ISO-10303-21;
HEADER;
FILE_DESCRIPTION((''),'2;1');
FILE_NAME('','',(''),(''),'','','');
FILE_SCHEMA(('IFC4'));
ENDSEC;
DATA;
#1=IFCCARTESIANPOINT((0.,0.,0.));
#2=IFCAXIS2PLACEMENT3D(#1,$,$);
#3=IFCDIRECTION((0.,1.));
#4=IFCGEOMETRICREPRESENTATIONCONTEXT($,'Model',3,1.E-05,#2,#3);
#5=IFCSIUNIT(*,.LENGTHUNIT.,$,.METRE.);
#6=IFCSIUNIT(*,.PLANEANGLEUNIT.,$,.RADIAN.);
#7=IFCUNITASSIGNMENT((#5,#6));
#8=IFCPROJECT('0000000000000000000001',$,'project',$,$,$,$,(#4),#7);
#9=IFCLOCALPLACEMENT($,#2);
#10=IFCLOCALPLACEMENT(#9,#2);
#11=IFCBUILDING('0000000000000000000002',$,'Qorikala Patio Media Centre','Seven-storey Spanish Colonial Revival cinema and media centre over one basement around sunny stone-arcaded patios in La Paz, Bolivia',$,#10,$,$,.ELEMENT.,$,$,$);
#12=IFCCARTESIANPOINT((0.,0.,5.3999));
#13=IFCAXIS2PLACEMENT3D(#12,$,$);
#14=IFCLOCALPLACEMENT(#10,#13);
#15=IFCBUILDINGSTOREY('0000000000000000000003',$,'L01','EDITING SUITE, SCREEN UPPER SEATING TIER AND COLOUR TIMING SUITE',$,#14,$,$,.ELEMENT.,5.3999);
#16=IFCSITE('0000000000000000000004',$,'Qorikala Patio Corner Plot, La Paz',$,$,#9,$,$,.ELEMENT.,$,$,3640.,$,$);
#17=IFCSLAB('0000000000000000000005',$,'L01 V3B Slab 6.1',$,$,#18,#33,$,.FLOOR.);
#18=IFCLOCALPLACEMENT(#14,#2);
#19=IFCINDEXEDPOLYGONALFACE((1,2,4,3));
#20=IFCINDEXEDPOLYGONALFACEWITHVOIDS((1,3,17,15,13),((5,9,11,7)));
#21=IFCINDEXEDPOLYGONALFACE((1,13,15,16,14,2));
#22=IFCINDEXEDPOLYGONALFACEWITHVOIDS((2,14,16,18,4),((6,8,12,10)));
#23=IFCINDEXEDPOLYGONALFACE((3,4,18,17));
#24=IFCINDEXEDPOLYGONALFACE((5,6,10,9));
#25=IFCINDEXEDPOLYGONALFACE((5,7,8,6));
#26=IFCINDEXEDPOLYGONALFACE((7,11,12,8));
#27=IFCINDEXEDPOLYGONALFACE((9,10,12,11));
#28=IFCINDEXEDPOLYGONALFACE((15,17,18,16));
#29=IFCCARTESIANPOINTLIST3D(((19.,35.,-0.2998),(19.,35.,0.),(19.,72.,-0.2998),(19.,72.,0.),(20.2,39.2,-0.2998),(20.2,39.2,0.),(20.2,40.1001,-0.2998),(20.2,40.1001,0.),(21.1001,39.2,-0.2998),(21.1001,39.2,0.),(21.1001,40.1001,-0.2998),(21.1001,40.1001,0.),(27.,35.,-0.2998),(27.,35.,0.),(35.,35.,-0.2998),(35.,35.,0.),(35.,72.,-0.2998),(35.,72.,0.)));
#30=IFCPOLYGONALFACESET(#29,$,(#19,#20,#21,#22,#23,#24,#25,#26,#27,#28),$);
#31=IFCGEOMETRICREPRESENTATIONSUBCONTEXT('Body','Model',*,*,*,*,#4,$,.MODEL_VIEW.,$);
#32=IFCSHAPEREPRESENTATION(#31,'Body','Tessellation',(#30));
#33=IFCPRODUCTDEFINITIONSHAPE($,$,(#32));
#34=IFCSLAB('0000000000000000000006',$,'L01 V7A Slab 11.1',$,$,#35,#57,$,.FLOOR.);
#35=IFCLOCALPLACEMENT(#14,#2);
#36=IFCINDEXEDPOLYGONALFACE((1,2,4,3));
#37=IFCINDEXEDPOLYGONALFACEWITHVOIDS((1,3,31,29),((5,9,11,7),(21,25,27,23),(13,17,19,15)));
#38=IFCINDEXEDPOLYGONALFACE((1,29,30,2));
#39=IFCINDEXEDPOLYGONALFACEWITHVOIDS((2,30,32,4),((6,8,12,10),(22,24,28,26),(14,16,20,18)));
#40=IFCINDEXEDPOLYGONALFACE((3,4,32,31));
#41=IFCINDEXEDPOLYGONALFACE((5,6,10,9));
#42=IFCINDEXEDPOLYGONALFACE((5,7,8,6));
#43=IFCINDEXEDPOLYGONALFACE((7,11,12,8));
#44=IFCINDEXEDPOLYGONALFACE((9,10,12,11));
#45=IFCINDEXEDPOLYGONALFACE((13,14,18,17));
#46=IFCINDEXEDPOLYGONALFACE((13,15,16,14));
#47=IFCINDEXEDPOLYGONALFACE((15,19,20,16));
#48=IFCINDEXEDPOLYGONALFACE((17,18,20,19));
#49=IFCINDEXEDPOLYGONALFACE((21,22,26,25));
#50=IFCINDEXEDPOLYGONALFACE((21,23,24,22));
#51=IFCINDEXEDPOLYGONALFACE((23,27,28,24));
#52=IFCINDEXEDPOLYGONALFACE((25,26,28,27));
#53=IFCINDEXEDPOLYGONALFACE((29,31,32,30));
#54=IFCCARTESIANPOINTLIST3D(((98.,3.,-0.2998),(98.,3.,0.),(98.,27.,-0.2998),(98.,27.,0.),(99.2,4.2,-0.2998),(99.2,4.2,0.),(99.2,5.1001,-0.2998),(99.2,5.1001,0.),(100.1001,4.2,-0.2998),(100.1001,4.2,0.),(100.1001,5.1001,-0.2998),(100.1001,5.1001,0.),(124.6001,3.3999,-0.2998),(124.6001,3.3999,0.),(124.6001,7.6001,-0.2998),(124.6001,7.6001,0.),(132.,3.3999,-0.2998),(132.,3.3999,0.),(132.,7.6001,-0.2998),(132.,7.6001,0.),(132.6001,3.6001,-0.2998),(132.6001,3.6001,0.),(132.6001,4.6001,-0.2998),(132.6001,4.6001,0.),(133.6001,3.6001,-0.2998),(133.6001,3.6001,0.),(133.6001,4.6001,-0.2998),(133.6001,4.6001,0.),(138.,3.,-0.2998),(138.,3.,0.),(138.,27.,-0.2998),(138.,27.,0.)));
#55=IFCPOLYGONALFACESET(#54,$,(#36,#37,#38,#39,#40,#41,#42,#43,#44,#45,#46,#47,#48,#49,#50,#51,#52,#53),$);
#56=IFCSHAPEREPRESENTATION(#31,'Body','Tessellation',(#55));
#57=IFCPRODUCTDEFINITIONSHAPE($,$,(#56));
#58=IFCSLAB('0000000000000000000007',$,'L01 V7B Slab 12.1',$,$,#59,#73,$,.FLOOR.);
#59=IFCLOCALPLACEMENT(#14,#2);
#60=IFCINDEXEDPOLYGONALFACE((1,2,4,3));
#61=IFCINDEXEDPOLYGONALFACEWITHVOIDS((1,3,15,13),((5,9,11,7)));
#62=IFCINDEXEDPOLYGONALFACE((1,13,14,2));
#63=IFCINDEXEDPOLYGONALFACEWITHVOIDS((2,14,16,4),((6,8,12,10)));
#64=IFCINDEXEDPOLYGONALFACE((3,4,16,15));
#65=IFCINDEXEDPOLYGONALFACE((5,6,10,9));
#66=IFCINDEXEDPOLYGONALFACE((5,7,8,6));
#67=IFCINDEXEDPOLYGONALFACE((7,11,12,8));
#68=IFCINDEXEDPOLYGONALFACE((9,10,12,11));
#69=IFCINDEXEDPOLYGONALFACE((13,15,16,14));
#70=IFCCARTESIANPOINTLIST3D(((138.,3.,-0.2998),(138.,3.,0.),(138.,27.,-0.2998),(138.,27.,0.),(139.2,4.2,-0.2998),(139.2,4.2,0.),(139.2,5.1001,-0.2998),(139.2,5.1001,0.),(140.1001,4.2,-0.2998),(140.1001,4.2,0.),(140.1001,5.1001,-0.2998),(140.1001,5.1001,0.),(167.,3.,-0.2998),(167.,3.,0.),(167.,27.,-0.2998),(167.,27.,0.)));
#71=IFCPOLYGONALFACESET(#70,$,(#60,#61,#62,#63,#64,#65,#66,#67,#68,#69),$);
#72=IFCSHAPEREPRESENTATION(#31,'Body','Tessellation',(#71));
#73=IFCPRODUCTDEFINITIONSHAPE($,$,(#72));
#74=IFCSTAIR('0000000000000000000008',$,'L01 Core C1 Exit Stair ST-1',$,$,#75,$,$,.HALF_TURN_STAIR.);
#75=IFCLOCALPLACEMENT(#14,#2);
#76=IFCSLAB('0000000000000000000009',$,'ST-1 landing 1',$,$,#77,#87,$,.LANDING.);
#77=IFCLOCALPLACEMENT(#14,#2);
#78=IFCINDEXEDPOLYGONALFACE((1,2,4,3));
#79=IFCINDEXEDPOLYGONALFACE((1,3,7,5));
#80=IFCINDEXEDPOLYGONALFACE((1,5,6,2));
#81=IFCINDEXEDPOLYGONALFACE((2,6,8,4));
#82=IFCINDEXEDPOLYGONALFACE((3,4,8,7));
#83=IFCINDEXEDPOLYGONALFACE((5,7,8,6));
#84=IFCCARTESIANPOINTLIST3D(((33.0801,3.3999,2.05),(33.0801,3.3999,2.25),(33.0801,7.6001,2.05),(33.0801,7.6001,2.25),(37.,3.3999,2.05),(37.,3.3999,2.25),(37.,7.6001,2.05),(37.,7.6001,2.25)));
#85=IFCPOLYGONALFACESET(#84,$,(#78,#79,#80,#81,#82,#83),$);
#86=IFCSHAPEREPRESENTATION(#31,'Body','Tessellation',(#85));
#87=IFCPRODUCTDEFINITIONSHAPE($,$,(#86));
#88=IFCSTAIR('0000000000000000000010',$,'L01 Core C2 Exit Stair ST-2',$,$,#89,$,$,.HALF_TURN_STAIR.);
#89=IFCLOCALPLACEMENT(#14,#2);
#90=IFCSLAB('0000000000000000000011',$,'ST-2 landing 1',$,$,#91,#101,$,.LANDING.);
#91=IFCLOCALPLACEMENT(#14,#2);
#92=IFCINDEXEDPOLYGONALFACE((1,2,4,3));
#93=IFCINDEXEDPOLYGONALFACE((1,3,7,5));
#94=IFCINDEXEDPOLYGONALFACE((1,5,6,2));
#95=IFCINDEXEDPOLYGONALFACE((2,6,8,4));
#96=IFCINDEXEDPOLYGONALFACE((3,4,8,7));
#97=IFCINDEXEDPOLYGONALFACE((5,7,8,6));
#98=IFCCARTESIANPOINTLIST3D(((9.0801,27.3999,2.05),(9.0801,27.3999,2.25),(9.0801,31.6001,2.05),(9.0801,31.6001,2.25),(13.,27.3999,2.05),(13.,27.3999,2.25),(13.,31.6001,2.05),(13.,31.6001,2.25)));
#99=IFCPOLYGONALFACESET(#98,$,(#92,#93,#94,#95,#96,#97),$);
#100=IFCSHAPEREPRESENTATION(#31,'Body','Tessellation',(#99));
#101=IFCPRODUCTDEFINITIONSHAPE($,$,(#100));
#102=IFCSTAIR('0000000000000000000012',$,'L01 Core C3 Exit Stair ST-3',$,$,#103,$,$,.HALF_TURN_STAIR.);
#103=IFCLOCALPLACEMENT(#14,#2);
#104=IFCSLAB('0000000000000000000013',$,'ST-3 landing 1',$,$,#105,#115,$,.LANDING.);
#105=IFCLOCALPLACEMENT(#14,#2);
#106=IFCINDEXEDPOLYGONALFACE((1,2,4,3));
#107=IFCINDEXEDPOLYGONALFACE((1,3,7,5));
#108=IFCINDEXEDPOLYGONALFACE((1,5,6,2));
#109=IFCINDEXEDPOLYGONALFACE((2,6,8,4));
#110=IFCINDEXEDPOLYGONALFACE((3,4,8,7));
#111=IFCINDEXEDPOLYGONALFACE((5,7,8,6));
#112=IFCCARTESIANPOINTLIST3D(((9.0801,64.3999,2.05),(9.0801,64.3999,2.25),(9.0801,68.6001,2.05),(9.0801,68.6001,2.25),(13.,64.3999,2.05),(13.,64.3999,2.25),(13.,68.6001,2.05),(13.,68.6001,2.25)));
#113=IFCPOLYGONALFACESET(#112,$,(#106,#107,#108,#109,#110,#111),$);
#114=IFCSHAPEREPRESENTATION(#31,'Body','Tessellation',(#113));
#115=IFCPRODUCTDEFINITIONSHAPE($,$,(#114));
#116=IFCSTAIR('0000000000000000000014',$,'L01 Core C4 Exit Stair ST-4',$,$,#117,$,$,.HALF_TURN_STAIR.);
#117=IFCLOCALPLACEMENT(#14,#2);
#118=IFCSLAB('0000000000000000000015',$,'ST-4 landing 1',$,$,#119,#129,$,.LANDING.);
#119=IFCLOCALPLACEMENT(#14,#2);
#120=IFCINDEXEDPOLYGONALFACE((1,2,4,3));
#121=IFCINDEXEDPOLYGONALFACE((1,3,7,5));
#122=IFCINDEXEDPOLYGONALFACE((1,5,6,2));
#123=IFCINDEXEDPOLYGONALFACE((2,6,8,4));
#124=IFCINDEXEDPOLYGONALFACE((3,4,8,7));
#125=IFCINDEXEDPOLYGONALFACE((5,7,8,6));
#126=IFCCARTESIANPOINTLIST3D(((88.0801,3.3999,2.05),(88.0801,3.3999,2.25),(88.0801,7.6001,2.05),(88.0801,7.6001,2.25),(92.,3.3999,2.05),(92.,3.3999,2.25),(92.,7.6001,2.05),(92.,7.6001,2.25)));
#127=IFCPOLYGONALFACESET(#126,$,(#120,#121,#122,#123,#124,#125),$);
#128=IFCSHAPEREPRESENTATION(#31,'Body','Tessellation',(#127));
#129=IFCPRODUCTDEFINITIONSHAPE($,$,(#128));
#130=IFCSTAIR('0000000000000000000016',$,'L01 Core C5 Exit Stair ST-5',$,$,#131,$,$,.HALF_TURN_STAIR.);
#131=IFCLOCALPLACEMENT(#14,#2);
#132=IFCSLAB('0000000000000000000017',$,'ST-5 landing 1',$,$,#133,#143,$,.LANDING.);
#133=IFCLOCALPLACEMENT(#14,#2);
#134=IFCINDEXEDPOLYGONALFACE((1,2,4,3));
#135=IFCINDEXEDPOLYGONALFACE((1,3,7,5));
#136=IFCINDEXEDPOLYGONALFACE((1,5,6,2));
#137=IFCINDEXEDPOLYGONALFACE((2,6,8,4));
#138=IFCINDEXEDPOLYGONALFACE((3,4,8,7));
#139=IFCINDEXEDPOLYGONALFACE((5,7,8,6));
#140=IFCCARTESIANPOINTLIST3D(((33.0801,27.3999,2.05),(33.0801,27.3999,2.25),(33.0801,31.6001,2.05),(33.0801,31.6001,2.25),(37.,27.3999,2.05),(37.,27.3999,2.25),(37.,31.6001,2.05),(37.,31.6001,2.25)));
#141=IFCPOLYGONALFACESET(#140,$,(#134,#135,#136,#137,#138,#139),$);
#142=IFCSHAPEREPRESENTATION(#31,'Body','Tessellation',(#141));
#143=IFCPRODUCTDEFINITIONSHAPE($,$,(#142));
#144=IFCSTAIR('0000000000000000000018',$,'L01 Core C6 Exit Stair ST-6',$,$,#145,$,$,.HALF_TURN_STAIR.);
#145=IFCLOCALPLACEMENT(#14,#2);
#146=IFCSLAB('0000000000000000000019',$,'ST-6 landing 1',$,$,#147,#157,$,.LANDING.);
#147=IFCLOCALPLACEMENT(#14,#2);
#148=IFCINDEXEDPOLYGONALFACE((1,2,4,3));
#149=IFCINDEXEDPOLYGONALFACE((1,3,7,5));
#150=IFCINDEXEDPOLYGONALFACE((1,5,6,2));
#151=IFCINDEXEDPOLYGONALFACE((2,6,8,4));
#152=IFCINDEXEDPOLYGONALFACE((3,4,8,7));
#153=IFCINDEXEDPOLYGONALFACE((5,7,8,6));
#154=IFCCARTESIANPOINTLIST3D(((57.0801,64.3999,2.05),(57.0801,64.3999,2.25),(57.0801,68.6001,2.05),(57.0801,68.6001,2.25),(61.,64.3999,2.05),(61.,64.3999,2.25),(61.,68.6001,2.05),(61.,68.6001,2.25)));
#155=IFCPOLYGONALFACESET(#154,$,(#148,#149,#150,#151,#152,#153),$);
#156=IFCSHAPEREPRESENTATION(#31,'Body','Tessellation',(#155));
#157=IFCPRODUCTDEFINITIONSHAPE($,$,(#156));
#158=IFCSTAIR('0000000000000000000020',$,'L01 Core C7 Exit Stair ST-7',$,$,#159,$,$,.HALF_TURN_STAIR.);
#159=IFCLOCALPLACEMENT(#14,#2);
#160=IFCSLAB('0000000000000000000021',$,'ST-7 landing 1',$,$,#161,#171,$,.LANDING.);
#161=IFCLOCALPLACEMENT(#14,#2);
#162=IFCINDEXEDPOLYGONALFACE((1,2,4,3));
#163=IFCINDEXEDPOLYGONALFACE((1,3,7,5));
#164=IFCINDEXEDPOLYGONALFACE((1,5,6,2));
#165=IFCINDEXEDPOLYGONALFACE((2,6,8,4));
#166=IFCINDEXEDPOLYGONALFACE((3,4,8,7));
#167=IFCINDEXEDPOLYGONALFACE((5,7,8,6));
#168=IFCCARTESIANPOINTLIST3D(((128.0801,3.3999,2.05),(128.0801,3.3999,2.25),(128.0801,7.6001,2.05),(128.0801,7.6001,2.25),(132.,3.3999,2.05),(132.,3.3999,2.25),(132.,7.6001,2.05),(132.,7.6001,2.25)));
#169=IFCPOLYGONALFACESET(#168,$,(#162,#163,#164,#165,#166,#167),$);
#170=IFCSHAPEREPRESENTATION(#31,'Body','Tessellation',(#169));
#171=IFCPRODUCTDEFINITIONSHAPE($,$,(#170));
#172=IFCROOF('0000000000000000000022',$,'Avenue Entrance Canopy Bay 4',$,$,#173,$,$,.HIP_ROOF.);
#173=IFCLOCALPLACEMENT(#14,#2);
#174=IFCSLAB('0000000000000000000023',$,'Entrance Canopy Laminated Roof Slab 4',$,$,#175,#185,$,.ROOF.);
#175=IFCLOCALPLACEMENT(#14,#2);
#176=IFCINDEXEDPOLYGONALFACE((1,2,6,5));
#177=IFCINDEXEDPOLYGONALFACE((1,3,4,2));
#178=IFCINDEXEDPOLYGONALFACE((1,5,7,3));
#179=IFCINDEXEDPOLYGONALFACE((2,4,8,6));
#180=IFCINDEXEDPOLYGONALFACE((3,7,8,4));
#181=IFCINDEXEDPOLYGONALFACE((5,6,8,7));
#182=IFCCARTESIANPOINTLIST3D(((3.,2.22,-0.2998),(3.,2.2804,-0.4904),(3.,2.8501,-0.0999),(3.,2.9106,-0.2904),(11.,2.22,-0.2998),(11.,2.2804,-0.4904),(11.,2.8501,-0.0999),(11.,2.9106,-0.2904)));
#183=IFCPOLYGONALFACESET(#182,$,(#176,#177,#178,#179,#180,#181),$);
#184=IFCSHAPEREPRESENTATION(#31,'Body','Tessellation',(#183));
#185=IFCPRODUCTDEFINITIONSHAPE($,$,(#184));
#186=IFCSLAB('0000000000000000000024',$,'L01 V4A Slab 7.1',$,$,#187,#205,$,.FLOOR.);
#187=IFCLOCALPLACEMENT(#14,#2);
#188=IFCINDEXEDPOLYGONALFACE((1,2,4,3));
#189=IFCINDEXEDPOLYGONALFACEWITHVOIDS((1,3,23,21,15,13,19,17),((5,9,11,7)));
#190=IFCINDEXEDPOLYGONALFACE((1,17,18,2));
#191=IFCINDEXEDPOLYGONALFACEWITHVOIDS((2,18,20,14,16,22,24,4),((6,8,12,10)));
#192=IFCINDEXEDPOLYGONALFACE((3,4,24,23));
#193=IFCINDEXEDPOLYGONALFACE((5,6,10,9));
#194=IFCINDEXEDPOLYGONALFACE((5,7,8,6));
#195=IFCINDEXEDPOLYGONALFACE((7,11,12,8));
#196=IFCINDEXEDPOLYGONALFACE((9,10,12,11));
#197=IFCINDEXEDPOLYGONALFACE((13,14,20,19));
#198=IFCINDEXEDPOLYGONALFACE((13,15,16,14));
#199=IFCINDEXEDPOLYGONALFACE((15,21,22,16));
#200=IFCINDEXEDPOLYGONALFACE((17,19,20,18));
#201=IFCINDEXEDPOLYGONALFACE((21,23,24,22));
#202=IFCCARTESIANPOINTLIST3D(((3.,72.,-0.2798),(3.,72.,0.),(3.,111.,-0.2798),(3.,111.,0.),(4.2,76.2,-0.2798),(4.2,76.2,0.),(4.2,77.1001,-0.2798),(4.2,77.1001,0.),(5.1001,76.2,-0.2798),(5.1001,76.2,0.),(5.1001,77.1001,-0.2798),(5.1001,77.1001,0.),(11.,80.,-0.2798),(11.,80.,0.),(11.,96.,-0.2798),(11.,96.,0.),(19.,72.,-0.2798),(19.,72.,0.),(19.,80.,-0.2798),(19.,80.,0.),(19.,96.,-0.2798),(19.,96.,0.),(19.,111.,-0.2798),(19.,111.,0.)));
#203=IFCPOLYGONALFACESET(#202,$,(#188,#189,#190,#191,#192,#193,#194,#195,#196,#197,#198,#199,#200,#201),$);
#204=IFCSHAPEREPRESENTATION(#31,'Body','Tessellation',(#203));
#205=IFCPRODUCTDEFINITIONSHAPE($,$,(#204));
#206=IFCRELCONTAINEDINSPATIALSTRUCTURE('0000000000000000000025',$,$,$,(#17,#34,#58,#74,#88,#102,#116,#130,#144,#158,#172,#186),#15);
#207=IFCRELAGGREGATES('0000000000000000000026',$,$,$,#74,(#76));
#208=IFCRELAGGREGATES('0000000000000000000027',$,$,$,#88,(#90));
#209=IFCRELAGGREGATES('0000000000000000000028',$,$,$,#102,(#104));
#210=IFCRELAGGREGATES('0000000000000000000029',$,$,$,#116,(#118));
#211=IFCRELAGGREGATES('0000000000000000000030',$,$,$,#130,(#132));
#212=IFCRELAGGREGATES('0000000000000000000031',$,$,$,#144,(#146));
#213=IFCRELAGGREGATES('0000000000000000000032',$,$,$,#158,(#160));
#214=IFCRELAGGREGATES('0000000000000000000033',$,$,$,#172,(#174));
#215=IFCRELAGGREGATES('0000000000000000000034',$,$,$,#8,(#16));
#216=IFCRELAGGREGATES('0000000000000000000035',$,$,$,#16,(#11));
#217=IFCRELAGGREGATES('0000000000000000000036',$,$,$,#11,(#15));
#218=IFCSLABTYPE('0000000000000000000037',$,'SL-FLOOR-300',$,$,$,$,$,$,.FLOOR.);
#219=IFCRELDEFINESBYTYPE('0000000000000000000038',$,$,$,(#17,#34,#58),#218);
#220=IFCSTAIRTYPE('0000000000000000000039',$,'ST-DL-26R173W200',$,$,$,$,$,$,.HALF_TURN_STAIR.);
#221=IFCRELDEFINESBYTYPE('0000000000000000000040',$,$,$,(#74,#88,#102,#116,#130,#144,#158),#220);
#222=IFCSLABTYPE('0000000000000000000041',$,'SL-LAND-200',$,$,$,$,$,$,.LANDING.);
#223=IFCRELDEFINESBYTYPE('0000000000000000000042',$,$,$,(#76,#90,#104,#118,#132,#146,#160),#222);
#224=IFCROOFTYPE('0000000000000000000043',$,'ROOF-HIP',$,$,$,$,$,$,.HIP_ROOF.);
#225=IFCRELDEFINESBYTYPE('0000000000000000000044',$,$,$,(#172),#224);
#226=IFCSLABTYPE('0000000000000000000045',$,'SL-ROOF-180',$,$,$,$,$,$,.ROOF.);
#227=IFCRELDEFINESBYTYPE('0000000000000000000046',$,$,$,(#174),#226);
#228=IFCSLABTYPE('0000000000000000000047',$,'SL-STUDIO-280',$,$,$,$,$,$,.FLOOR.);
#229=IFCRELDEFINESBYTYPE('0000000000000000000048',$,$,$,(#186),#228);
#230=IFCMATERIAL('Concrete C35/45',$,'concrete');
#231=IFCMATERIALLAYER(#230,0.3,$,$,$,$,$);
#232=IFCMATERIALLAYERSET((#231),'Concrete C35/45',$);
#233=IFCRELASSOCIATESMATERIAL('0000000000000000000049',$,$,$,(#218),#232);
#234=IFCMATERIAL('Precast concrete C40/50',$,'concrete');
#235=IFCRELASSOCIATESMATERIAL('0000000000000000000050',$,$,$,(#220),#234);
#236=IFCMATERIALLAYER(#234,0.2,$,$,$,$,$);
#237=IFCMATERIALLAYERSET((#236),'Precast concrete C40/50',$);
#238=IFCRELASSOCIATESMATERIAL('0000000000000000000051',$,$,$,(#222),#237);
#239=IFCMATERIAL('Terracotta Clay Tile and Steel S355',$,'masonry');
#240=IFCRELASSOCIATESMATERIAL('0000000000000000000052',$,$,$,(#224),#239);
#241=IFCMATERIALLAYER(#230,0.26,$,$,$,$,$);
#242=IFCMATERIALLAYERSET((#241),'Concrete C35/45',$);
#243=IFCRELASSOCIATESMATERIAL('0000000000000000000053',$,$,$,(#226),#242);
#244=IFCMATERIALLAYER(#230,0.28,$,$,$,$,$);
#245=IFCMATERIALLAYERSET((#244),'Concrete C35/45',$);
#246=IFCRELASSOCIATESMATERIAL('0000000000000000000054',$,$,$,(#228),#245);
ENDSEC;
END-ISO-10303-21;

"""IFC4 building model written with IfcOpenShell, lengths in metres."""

from ifc_helpers import new_model, si_unit, direction, frame, origin, place, context, subcontext, project, spatial, polyline, outline, extrude, material, layer, layer_set, type_object, element, aggregate, save


model = new_model("IFC4")

# Units and contexts
model_context = context("Model", 3, precision=1e-05, world=origin(), true_north=direction((0.0, 1.0)))
body_context = subcontext(model_context, "Body", "Model", "MODEL_VIEW")
ifc_project = project(units=[si_unit("LENGTHUNIT", "METRE"), si_unit("PLANEANGLEUNIT", "RADIAN")], contexts=[model_context])

# Site, building, storey
site_placement = place(None, origin())
site = spatial("IfcSite", under=ifc_project, at=site_placement, Name="Qorikala Patio Corner Plot, La Paz", CompositionType="ELEMENT", RefElevation=3640.0)
building_placement = place(site_placement, origin())
building = spatial("IfcBuilding", under=site, at=building_placement, Name="Qorikala Patio Media Centre", Description="Seven-storey Spanish Colonial Revival cinema and media centre over one basement around sunny stone-arcaded patios in La Paz, Bolivia", CompositionType="ELEMENT")
storey_placement = place(building_placement, frame((0.0, 0.0, 5.3999)))
storey = spatial("IfcBuildingStorey", under=building, at=storey_placement, Name="L01", Description="EDITING SUITE, SCREEN UPPER SEATING TIER AND COLOUR TIMING SUITE", CompositionType="ELEMENT", Elevation=5.3999)

# Slabs
ifc_material_1 = material(Name="Concrete C35/45", Category="concrete")
ifc_layer_1 = layer(ifc_material_1, 0.3)
ifc_layer_set_1 = layer_set([ifc_layer_1], Name="Concrete C35/45")
slab_type_1 = type_object("IfcSlabType", Name="SL-FLOOR-300", PredefinedType="FLOOR", material=ifc_layer_set_1)
slab_1_placement = place(storey_placement, frame((0.0, 0.0, -0.2998)))
element("IfcSlab", 1, at=slab_1_placement, inside=storey, type_object=slab_type_1, Name="L01 V3B Slab 6.1", PredefinedType="FLOOR", context=body_context, shape_type="SweptSolid", body=[
    extrude(outline(polyline([(35.0, 35.0), (27.0, 35.0), (19.0, 35.0), (19.0, 72.0), (35.0, 72.0), (35.0, 35.0)]), holes=[polyline([(20.2, 39.2), (21.1001, 39.2), (21.1001, 40.1001), (20.2, 40.1001), (20.2, 39.2)])]), origin(), (0.0, 0.0, 1.0), 0.2998),
])
slab_2_placement = place(storey_placement, frame((0.0, 0.0, -0.2998)))
element("IfcSlab", 2, at=slab_2_placement, inside=storey, type_object=slab_type_1, Name="L01 V7A Slab 11.1", PredefinedType="FLOOR", context=body_context, shape_type="SweptSolid", body=[
    extrude(outline(polyline([(138.0, 3.0), (98.0, 3.0), (98.0, 27.0), (138.0, 27.0), (138.0, 3.0)]), holes=[polyline([(132.6001, 3.6001), (133.6001, 3.6001), (133.6001, 4.6001), (132.6001, 4.6001), (132.6001, 3.6001)]), polyline([(99.2, 4.2), (100.1001, 4.2), (100.1001, 5.1001), (99.2, 5.1001), (99.2, 4.2)]), polyline([(124.6001, 3.3999), (132.0, 3.3999), (132.0, 7.6001), (124.6001, 7.6001), (124.6001, 3.3999)])]), origin(), (0.0, 0.0, 1.0), 0.2998),
])
slab_3_placement = place(storey_placement, frame((0.0, 0.0, -0.2998)))
element("IfcSlab", 3, at=slab_3_placement, inside=storey, type_object=slab_type_1, Name="L01 V7B Slab 12.1", PredefinedType="FLOOR", context=body_context, shape_type="SweptSolid", body=[
    extrude(outline(polyline([(167.0, 3.0), (138.0, 3.0), (138.0, 27.0), (167.0, 27.0), (167.0, 3.0)]), holes=[polyline([(139.2, 4.2), (140.1001, 4.2), (140.1001, 5.1001), (139.2, 5.1001), (139.2, 4.2)])]), origin(), (0.0, 0.0, 1.0), 0.2998),
])

# Stairs, slabs
ifc_material_2 = material(Name="Precast concrete C40/50", Category="concrete")
stair_type = type_object("IfcStairType", Name="ST-DL-26R173W200", PredefinedType="HALF_TURN_STAIR", material=ifc_material_2)
stair_1_placement = place(storey_placement, origin())
stair_1 = element("IfcStair", 4, at=stair_1_placement, inside=storey, type_object=stair_type, Name="L01 Core C1 Exit Stair ST-1", PredefinedType="HALF_TURN_STAIR")
ifc_layer_2 = layer(ifc_material_2, 0.2)
ifc_layer_set_2 = layer_set([ifc_layer_2], Name="Precast concrete C40/50")
slab_type_2 = type_object("IfcSlabType", Name="SL-LAND-200", PredefinedType="LANDING", material=ifc_layer_set_2)
slab_4_placement = place(storey_placement, frame((0.0, 0.0, 2.05)))
slab_4 = element("IfcSlab", 5, at=slab_4_placement, type_object=slab_type_2, Name="ST-1 landing 1", PredefinedType="LANDING", context=body_context, shape_type="SweptSolid", body=[
    extrude(outline(polyline([(33.0801, 3.3999), (37.0, 3.3999), (37.0, 7.6001), (33.0801, 7.6001), (33.0801, 3.3999)])), origin(), (0.0, 0.0, 1.0), 0.2),
])
aggregate(stair_1, [slab_4])
stair_2_placement = place(storey_placement, origin())
stair_2 = element("IfcStair", 6, at=stair_2_placement, inside=storey, type_object=stair_type, Name="L01 Core C2 Exit Stair ST-2", PredefinedType="HALF_TURN_STAIR")
slab_5_placement = place(storey_placement, frame((0.0, 0.0, 2.05)))
slab_5 = element("IfcSlab", 7, at=slab_5_placement, type_object=slab_type_2, Name="ST-2 landing 1", PredefinedType="LANDING", context=body_context, shape_type="SweptSolid", body=[
    extrude(outline(polyline([(9.0801, 27.3999), (13.0, 27.3999), (13.0, 31.6001), (9.0801, 31.6001), (9.0801, 27.3999)])), origin(), (0.0, 0.0, 1.0), 0.2),
])
aggregate(stair_2, [slab_5])
stair_3_placement = place(storey_placement, origin())
stair_3 = element("IfcStair", 8, at=stair_3_placement, inside=storey, type_object=stair_type, Name="L01 Core C3 Exit Stair ST-3", PredefinedType="HALF_TURN_STAIR")
slab_6_placement = place(storey_placement, frame((0.0, 0.0, 2.05)))
slab_6 = element("IfcSlab", 9, at=slab_6_placement, type_object=slab_type_2, Name="ST-3 landing 1", PredefinedType="LANDING", context=body_context, shape_type="SweptSolid", body=[
    extrude(outline(polyline([(9.0801, 64.3999), (13.0, 64.3999), (13.0, 68.6001), (9.0801, 68.6001), (9.0801, 64.3999)])), origin(), (0.0, 0.0, 1.0), 0.2),
])
aggregate(stair_3, [slab_6])
stair_4_placement = place(storey_placement, origin())
stair_4 = element("IfcStair", 10, at=stair_4_placement, inside=storey, type_object=stair_type, Name="L01 Core C4 Exit Stair ST-4", PredefinedType="HALF_TURN_STAIR")
slab_7_placement = place(storey_placement, frame((0.0, 0.0, 2.05)))
slab_7 = element("IfcSlab", 11, at=slab_7_placement, type_object=slab_type_2, Name="ST-4 landing 1", PredefinedType="LANDING", context=body_context, shape_type="SweptSolid", body=[
    extrude(outline(polyline([(88.0801, 3.3999), (92.0, 3.3999), (92.0, 7.6001), (88.0801, 7.6001), (88.0801, 3.3999)])), origin(), (0.0, 0.0, 1.0), 0.2),
])
aggregate(stair_4, [slab_7])
stair_5_placement = place(storey_placement, origin())
stair_5 = element("IfcStair", 12, at=stair_5_placement, inside=storey, type_object=stair_type, Name="L01 Core C5 Exit Stair ST-5", PredefinedType="HALF_TURN_STAIR")
slab_8_placement = place(storey_placement, frame((0.0, 0.0, 2.05)))
slab_8 = element("IfcSlab", 13, at=slab_8_placement, type_object=slab_type_2, Name="ST-5 landing 1", PredefinedType="LANDING", context=body_context, shape_type="SweptSolid", body=[
    extrude(outline(polyline([(33.0801, 27.3999), (37.0, 27.3999), (37.0, 31.6001), (33.0801, 31.6001), (33.0801, 27.3999)])), origin(), (0.0, 0.0, 1.0), 0.2),
])
aggregate(stair_5, [slab_8])
stair_6_placement = place(storey_placement, origin())
stair_6 = element("IfcStair", 14, at=stair_6_placement, inside=storey, type_object=stair_type, Name="L01 Core C6 Exit Stair ST-6", PredefinedType="HALF_TURN_STAIR")
slab_9_placement = place(storey_placement, frame((0.0, 0.0, 2.05)))
slab_9 = element("IfcSlab", 15, at=slab_9_placement, type_object=slab_type_2, Name="ST-6 landing 1", PredefinedType="LANDING", context=body_context, shape_type="SweptSolid", body=[
    extrude(outline(polyline([(57.0801, 64.3999), (61.0, 64.3999), (61.0, 68.6001), (57.0801, 68.6001), (57.0801, 64.3999)])), origin(), (0.0, 0.0, 1.0), 0.2),
])
aggregate(stair_6, [slab_9])
stair_7_placement = place(storey_placement, origin())
stair_7 = element("IfcStair", 16, at=stair_7_placement, inside=storey, type_object=stair_type, Name="L01 Core C7 Exit Stair ST-7", PredefinedType="HALF_TURN_STAIR")
slab_10_placement = place(storey_placement, frame((0.0, 0.0, 2.05)))
slab_10 = element("IfcSlab", 17, at=slab_10_placement, type_object=slab_type_2, Name="ST-7 landing 1", PredefinedType="LANDING", context=body_context, shape_type="SweptSolid", body=[
    extrude(outline(polyline([(128.0801, 3.3999), (132.0, 3.3999), (132.0, 7.6001), (128.0801, 7.6001), (128.0801, 3.3999)])), origin(), (0.0, 0.0, 1.0), 0.2),
])
aggregate(stair_7, [slab_10])

# Roof, slab
ifc_material_3 = material(Name="Terracotta Clay Tile and Steel S355", Category="masonry")
roof_type = type_object("IfcRoofType", Name="ROOF-HIP", PredefinedType="HIP_ROOF", material=ifc_material_3)
roof_placement = place(storey_placement, origin())
roof = element("IfcRoof", 18, at=roof_placement, inside=storey, type_object=roof_type, Name="Avenue Entrance Canopy Bay 4", PredefinedType="HIP_ROOF")
ifc_layer_3 = layer(ifc_material_1, 0.26)
ifc_layer_set_3 = layer_set([ifc_layer_3], Name="Concrete C35/45")
slab_type_3 = type_object("IfcSlabType", Name="SL-ROOF-180", PredefinedType="ROOF", material=ifc_layer_set_3)
slab_11_placement = place(storey_placement, frame((3.0, 2.22, -0.2998), z_axis=(0.0, -0.302457, 0.953163), x_axis=(1.0, 0.0, 0.0)))
slab_11 = element("IfcSlab", 19, at=slab_11_placement, type_object=slab_type_3, Name="Entrance Canopy Laminated Roof Slab 4", PredefinedType="ROOF", context=body_context, shape_type="SweptSolid", body=[
    extrude(outline(polyline([(0.0, 0.0), (8.0, 0.0), (8.0, 0.6611), (0.0, 0.6611), (0.0, 0.0)])), origin(), (0.0, 0.0, -1.0), 0.2),
])
aggregate(roof, [slab_11])

# Slab
ifc_layer_4 = layer(ifc_material_1, 0.28)
ifc_layer_set_4 = layer_set([ifc_layer_4], Name="Concrete C35/45")
slab_type_4 = type_object("IfcSlabType", Name="SL-STUDIO-280", PredefinedType="FLOOR", material=ifc_layer_set_4)
slab_12_placement = place(storey_placement, frame((0.0, 0.0, -0.2798)))
element("IfcSlab", 20, at=slab_12_placement, inside=storey, type_object=slab_type_4, Name="L01 V4A Slab 7.1", PredefinedType="FLOOR", context=body_context, shape_type="SweptSolid", body=[
    extrude(outline(polyline([(19.0, 111.0), (19.0, 96.0), (11.0, 96.0), (11.0, 80.0), (19.0, 80.0), (19.0, 72.0), (3.0, 72.0), (3.0, 111.0), (19.0, 111.0)]), holes=[polyline([(4.2, 76.2), (5.1001, 76.2), (5.1001, 77.1001), (4.2, 77.1001), (4.2, 76.2)])]), origin(), (0.0, 0.0, 1.0), 0.2798),
])

save(model, "model.ifc")
